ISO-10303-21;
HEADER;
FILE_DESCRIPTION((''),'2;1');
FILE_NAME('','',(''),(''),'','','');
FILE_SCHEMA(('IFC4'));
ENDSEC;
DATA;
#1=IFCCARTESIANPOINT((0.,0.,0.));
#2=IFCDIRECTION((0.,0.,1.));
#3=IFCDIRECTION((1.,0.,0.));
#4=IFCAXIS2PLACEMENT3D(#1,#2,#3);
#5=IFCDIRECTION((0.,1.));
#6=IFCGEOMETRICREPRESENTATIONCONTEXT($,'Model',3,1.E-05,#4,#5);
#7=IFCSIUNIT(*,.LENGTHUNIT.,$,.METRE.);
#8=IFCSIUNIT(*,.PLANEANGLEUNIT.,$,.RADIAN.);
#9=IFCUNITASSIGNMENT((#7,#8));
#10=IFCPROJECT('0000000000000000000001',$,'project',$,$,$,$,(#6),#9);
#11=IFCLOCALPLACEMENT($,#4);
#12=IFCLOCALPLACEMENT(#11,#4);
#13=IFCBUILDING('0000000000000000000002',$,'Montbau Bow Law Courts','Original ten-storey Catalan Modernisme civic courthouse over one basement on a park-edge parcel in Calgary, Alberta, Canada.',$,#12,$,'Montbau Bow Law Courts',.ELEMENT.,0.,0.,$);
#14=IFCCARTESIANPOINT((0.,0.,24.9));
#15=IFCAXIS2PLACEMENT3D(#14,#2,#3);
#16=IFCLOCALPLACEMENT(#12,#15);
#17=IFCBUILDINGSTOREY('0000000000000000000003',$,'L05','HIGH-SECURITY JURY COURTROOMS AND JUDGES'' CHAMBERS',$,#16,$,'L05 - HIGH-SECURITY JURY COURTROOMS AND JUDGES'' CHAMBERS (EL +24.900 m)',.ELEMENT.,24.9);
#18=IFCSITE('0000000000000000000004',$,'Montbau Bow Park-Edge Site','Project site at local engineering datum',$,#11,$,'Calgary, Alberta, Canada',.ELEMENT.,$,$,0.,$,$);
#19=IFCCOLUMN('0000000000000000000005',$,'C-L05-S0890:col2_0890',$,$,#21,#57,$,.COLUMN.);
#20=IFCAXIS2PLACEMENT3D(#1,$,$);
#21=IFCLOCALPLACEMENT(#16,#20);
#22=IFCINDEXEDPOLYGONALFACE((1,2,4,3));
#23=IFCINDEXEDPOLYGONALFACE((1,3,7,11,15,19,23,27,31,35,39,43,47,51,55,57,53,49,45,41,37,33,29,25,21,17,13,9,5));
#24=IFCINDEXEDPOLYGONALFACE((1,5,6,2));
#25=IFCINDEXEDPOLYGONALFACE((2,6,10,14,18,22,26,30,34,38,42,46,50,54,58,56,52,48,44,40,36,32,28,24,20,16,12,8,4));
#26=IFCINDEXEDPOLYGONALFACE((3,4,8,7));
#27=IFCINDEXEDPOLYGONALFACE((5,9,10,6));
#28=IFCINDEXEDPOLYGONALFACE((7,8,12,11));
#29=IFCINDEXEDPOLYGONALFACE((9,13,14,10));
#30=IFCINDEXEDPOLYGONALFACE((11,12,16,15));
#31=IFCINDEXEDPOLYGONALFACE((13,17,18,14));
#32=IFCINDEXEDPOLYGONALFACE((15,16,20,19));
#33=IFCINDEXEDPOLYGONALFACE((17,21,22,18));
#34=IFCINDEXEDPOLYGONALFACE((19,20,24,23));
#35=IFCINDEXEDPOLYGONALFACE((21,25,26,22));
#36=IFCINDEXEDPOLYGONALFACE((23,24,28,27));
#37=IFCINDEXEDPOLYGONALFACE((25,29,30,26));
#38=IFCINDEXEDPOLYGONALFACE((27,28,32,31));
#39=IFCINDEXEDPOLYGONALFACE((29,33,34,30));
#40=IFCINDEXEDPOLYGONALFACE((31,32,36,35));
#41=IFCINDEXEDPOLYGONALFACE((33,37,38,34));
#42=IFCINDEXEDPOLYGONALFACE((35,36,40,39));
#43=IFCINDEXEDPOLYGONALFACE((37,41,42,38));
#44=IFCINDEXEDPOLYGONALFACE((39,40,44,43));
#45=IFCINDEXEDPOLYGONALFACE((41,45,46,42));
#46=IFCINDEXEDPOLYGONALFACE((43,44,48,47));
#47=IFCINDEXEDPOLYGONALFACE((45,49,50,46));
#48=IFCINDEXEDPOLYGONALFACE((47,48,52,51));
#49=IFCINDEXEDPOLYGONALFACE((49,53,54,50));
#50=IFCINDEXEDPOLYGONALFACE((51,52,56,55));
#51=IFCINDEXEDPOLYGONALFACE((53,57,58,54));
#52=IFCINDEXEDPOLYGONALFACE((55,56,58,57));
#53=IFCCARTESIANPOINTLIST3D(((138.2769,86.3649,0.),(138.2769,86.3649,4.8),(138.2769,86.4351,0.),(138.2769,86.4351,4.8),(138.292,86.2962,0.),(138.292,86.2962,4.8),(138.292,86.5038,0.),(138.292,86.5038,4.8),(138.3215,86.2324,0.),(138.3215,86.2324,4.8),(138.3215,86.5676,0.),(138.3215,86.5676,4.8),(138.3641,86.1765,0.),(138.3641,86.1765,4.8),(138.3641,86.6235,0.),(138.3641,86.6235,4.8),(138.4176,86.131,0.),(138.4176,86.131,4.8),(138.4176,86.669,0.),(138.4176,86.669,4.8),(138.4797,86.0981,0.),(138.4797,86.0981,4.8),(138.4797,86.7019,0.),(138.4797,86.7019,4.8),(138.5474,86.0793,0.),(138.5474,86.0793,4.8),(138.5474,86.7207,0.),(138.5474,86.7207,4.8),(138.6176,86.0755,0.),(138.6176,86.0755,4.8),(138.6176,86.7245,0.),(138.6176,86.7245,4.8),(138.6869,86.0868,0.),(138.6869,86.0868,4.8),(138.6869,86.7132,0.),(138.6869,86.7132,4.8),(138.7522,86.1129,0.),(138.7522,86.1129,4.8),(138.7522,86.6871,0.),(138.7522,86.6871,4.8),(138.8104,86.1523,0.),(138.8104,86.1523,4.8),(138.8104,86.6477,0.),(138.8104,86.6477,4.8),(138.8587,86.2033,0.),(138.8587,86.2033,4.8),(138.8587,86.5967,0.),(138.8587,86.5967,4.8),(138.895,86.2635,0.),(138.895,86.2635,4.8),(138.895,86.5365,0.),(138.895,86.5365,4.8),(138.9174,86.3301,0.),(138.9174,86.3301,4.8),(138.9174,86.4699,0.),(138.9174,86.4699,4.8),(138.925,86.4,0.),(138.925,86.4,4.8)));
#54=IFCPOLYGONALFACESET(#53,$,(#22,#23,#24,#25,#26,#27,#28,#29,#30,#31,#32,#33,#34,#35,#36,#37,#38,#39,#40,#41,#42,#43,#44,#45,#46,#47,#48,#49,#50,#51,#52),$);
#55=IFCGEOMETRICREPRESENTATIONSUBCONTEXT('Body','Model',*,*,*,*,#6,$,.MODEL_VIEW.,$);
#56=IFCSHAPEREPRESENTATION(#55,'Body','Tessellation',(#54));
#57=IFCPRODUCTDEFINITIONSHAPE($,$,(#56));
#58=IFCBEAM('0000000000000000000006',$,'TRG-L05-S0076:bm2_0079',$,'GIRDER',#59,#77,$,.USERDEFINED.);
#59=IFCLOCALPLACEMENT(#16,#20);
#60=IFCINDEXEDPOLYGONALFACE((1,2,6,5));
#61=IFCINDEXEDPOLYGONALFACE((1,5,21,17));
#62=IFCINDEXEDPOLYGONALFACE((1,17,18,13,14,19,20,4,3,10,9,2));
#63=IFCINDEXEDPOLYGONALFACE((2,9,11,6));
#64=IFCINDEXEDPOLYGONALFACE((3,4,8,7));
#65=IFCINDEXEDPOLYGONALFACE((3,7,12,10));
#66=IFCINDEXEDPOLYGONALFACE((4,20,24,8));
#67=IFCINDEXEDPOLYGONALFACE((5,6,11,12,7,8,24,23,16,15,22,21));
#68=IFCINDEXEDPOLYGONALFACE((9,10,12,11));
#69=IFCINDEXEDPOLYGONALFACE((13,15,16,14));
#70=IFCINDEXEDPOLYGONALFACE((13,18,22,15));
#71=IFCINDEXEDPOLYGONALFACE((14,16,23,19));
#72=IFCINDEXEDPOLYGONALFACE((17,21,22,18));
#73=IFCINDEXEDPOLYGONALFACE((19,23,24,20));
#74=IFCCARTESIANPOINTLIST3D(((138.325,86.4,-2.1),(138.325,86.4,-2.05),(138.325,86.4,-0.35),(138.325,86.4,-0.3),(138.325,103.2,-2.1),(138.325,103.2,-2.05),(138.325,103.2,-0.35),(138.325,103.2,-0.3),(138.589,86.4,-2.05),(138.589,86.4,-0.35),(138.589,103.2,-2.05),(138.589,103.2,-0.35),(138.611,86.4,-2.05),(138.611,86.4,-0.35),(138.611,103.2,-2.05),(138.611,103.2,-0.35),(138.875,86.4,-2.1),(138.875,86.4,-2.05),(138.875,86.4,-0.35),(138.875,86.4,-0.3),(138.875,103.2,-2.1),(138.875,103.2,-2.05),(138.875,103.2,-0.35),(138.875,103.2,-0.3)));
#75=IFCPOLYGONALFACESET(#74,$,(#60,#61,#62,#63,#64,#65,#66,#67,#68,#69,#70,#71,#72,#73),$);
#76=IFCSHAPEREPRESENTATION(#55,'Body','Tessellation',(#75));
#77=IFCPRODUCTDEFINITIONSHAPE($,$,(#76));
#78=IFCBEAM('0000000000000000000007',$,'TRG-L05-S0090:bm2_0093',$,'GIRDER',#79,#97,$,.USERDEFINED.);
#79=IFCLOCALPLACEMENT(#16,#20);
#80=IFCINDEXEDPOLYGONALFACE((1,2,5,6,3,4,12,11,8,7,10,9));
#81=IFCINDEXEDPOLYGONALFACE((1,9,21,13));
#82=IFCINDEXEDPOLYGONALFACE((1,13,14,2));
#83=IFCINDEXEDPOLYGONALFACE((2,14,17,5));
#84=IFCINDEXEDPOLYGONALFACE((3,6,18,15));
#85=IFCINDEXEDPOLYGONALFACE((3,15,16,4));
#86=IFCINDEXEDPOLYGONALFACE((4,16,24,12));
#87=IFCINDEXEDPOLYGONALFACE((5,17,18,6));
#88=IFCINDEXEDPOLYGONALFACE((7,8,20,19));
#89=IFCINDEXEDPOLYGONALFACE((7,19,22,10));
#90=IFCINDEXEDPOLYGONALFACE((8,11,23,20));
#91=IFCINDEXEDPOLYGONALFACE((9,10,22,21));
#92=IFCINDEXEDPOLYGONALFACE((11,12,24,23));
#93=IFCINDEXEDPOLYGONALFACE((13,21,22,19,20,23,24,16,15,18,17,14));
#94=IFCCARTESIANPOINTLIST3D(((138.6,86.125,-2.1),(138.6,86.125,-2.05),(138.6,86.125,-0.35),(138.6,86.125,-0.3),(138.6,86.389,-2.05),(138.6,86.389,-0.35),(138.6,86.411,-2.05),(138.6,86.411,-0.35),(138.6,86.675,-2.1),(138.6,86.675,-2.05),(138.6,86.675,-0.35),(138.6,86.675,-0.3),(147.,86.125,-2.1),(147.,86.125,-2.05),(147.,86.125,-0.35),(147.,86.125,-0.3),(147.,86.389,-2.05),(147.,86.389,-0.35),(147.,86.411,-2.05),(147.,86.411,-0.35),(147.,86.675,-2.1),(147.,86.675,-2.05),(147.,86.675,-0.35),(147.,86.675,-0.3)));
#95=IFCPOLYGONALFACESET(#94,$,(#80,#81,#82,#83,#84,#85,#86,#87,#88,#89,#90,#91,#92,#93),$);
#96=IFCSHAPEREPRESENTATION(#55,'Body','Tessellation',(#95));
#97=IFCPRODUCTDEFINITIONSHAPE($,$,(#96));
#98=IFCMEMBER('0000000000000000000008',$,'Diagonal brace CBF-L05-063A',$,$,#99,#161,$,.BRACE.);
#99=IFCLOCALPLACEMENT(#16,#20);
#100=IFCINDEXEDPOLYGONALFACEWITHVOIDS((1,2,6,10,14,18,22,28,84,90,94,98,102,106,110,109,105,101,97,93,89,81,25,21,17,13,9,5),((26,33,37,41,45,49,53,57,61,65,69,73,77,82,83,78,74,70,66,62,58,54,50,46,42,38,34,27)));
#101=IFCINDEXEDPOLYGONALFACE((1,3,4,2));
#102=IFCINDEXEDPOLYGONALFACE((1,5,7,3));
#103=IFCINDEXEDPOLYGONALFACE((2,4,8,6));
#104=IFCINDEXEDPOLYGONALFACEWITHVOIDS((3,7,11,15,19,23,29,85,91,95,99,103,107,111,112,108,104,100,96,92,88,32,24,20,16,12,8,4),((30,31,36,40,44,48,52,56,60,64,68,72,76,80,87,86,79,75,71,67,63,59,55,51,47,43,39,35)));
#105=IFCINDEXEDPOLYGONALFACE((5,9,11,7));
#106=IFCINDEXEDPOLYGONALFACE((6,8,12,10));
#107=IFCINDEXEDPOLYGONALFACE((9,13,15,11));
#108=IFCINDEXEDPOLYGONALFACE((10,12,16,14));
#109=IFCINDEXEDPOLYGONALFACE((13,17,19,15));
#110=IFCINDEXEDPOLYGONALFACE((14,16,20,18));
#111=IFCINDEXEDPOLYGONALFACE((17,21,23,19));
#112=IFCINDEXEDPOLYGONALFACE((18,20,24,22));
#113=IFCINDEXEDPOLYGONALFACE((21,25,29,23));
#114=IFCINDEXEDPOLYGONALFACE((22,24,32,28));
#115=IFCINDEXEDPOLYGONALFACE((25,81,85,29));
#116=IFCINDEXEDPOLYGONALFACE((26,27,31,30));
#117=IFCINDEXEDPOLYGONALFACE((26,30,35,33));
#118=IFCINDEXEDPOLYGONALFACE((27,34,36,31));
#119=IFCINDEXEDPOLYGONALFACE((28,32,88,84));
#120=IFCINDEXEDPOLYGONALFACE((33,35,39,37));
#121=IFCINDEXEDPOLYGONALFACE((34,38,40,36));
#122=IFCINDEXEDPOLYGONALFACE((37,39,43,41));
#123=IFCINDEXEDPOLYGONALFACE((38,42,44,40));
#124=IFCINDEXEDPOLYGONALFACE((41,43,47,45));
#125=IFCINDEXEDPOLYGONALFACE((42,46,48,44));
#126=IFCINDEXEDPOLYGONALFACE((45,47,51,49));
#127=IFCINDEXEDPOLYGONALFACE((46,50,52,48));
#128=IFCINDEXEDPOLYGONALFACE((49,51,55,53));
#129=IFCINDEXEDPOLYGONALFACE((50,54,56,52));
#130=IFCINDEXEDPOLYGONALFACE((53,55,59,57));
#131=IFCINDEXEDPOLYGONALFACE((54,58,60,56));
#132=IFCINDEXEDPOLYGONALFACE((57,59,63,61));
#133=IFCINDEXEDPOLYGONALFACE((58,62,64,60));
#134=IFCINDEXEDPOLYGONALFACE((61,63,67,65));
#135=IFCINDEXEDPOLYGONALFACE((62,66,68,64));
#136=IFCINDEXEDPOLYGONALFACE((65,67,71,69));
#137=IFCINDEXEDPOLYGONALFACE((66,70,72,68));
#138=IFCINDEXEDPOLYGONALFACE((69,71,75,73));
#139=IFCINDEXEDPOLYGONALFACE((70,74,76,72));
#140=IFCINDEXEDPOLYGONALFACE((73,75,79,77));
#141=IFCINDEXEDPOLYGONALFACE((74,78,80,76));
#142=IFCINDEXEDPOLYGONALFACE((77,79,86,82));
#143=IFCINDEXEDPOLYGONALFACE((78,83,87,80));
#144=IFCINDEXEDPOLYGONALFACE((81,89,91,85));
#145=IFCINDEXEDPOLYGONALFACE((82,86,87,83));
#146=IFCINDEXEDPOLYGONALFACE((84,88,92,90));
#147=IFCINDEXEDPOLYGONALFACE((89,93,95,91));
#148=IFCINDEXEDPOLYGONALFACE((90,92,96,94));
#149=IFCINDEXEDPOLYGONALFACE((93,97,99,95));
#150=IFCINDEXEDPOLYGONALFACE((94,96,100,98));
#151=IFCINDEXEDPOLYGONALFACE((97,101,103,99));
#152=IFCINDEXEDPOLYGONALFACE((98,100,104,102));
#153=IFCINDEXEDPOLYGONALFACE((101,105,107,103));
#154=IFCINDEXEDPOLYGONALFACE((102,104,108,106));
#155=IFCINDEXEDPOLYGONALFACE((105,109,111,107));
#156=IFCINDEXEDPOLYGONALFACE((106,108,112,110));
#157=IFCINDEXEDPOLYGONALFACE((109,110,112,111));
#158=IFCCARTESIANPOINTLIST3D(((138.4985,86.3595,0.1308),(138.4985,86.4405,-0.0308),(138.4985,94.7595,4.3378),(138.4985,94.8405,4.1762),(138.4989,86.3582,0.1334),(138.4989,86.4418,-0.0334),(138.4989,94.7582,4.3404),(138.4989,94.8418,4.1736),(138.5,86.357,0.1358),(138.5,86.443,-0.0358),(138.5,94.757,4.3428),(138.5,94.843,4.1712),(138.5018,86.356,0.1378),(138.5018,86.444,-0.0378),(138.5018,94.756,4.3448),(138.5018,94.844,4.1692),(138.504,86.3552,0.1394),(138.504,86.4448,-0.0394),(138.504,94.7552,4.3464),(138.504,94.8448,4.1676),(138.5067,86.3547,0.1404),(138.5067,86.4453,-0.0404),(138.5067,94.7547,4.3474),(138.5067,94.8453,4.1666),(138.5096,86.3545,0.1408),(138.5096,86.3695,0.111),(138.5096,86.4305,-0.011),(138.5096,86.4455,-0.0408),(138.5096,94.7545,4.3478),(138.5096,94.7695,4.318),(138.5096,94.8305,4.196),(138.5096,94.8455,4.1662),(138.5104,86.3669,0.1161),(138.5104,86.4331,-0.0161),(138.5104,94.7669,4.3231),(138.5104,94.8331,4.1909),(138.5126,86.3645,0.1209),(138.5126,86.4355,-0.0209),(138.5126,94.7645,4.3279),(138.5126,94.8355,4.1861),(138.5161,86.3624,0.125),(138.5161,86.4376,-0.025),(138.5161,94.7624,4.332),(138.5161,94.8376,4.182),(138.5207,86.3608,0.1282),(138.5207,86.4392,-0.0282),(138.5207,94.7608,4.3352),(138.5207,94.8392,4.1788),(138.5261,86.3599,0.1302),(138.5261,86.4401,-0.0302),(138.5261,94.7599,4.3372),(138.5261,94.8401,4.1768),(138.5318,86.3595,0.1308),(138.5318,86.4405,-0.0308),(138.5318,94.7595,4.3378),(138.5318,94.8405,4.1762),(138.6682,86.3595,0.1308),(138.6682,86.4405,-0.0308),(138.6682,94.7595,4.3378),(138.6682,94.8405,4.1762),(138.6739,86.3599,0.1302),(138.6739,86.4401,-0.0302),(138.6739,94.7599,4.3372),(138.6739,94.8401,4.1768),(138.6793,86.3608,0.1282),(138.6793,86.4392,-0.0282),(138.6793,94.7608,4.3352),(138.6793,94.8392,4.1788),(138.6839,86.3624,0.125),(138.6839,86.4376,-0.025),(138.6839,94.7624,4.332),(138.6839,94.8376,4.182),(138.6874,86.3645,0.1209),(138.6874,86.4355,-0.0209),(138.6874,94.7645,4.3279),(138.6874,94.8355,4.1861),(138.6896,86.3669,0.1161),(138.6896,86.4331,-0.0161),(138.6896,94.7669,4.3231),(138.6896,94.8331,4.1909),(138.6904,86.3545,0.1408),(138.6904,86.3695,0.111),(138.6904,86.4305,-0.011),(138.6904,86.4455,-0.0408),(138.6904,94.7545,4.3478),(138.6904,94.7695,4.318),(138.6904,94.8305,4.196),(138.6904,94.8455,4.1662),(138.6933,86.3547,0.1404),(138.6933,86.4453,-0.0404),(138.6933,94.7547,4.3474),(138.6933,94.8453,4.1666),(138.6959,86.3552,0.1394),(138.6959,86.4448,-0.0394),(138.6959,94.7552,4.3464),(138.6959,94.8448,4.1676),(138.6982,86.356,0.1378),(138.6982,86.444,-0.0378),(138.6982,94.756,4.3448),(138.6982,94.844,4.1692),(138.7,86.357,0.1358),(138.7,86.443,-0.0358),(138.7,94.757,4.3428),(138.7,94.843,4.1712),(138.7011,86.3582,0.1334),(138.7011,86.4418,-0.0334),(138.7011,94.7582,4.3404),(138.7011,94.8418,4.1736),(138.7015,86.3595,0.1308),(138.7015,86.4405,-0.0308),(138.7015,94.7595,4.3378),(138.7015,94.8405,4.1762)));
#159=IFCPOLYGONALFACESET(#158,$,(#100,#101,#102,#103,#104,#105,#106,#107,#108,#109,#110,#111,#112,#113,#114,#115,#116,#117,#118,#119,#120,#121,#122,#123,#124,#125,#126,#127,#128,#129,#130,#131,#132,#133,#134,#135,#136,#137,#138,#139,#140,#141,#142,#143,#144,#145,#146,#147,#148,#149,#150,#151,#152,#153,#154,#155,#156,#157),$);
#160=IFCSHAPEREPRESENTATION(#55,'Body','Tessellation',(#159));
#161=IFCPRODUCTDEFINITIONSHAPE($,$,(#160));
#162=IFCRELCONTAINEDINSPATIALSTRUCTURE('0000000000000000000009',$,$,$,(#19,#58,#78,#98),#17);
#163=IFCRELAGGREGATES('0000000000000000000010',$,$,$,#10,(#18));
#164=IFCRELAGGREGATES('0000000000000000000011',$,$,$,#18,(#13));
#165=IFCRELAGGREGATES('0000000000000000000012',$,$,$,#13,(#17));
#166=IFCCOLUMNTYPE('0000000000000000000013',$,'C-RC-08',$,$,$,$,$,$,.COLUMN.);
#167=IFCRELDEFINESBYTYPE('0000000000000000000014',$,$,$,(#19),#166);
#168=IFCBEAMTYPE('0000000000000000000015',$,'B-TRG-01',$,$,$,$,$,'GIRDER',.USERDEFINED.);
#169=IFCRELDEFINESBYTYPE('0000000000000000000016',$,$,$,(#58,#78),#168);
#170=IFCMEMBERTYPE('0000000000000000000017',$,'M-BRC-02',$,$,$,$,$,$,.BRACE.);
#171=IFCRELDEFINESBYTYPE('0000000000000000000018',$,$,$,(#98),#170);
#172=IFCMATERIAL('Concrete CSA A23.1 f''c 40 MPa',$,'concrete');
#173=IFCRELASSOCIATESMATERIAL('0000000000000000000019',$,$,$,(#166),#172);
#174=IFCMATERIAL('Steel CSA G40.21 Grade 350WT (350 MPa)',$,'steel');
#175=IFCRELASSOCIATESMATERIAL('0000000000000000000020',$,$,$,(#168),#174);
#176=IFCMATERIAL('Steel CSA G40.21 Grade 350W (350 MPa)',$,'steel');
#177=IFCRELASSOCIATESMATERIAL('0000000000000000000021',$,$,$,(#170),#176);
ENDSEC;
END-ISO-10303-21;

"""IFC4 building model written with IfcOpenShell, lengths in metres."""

from ifc_helpers import new_model, si_unit, direction, frame, origin_with_axes, origin_2d_with_axis, place, context, subcontext, project, spatial, hollow_rectangle, circle, i_section, extrude, material, material_profile, profile_set, type_object, element, save


model = new_model("IFC4")

# Units and contexts
model_context = context("Model", 3, precision=1e-05, world=origin_with_axes(), true_north=direction((0.0, 1.0)))
body_context = subcontext(model_context, "Body", "Model", "MODEL_VIEW")
ifc_project = project(units=[si_unit("LENGTHUNIT", "METRE"), si_unit("PLANEANGLEUNIT", "RADIAN")], contexts=[model_context])

# Site, building, storey
site_placement = place(None, origin_with_axes())
site = spatial("IfcSite", under=ifc_project, at=site_placement, Name="Montbau Bow Park-Edge Site", Description="Project site at local engineering datum", LongName="Calgary, Alberta, Canada", CompositionType="ELEMENT", RefElevation=0.0)
building_placement = place(site_placement, origin_with_axes())
building = spatial("IfcBuilding", under=site, at=building_placement, Name="Montbau Bow Law Courts", Description="Original ten-storey Catalan Modernisme civic courthouse over one basement on a park-edge parcel in Calgary, Alberta, Canada.", LongName="Montbau Bow Law Courts", CompositionType="ELEMENT", ElevationOfRefHeight=0.0, ElevationOfTerrain=0.0)
storey_placement = place(building_placement, frame((0.0, 0.0, 24.9), z_axis=(0.0, 0.0, 1.0), x_axis=(1.0, 0.0, 0.0)))
storey = spatial("IfcBuildingStorey", under=building, at=storey_placement, Name="L05", Description="HIGH-SECURITY JURY COURTROOMS AND JUDGES' CHAMBERS", LongName="L05 - HIGH-SECURITY JURY COURTROOMS AND JUDGES' CHAMBERS (EL +24.900 m)", CompositionType="ELEMENT", Elevation=24.9)

# Column
ifc_material_1 = material(Name="Concrete CSA A23.1 f'c 40 MPa", Category="concrete")
ifc_material_profile_1 = material_profile(ifc_material_1, circle(Radius=0.325, at=origin_2d_with_axis()), Name="RC650D", Category="Main", Priority=0)
ifc_profile_set_1 = profile_set([ifc_material_profile_1], Name="Concrete CSA A23.1 f'c 40 MPa")
column_type = type_object("IfcColumnType", Name="C-RC-08", PredefinedType="COLUMN", material=ifc_profile_set_1)
column_placement = place(None, frame((138.6, 86.4, 24.9), z_axis=(0.0, 0.0, 1.0), x_axis=(1.0, 0.0, 0.0)))
element("IfcColumn", 1, at=column_placement, inside=storey, type_object=column_type, Name="C-L05-S0890:col2_0890", PredefinedType="COLUMN", context=body_context, shape_type="SweptSolid", body=[
    extrude(circle(Radius=0.325, at=origin_2d_with_axis()), origin_with_axes(), (0.0, 0.0, 1.0), 4.8),
])

# Beams
ifc_material_2 = material(Name="Steel CSA G40.21 Grade 350WT (350 MPa)", Category="steel")
ifc_material_profile_2 = material_profile(ifc_material_2, i_section(OverallWidth=0.55, OverallDepth=1.8, WebThickness=0.022, FlangeThickness=0.05, at=origin_2d_with_axis()), Name="WWF1800X550", Category="Main", Priority=0)
ifc_profile_set_2 = profile_set([ifc_material_profile_2], Name="Steel CSA G40.21 Grade 350WT (350 MPa)")
beam_type = type_object("IfcBeamType", Name="B-TRG-01", ElementType="GIRDER", PredefinedType="USERDEFINED", material=ifc_profile_set_2)
beam_1_placement = place(None, frame((138.6, 86.4, 23.7), z_axis=(0.0, 1.0, 0.0), x_axis=(-1.0, 0.0, 0.0)))
element("IfcBeam", 2, at=beam_1_placement, inside=storey, type_object=beam_type, Name="TRG-L05-S0076:bm2_0079", ObjectType="GIRDER", PredefinedType="USERDEFINED", context=body_context, shape_type="SweptSolid", body=[
    extrude(i_section(OverallWidth=0.55, OverallDepth=1.8, WebThickness=0.022, FlangeThickness=0.05, at=origin_2d_with_axis()), origin_with_axes(), (0.0, 0.0, 1.0), 16.8),
])
beam_2_placement = place(None, frame((138.6, 86.4, 23.7), z_axis=(1.0, 0.0, 0.0), x_axis=(0.0, 1.0, 0.0)))
element("IfcBeam", 3, at=beam_2_placement, inside=storey, type_object=beam_type, Name="TRG-L05-S0090:bm2_0093", ObjectType="GIRDER", PredefinedType="USERDEFINED", context=body_context, shape_type="SweptSolid", body=[
    extrude(i_section(OverallWidth=0.55, OverallDepth=1.8, WebThickness=0.022, FlangeThickness=0.05, at=origin_2d_with_axis()), origin_with_axes(), (0.0, 0.0, 1.0), 8.4),
])

# Member
ifc_material_3 = material(Name="Steel CSA G40.21 Grade 350W (350 MPa)", Category="steel")
ifc_material_profile_3 = material_profile(ifc_material_3, hollow_rectangle(XDim=0.203, YDim=0.203, WallThickness=0.0111, InnerFilletRadius=0.0222, OuterFilletRadius=0.0111, at=origin_2d_with_axis()), Name="HSS203X203X11", Category="Main", Priority=0)
ifc_profile_set_3 = profile_set([ifc_material_profile_3], Name="Steel CSA G40.21 Grade 350W (350 MPa)")
member_type_1 = type_object("IfcMemberType", Name="M-BRC-02", PredefinedType="BRACE", material=ifc_profile_set_3)
member_1_placement = place(None, frame((138.6, 86.4, 24.95), z_axis=(0.0, 0.894129, 0.44781), x_axis=(-1.0, 0.0, 0.0)))
element("IfcMember", 4, at=member_1_placement, inside=storey, type_object=member_type_1, Name="Diagonal brace CBF-L05-063A", PredefinedType="BRACE", context=body_context, shape_type="SweptSolid", body=[
    extrude(hollow_rectangle(XDim=0.203, YDim=0.203, WallThickness=0.0111, InnerFilletRadius=0.0222, OuterFilletRadius=0.0111, at=origin_2d_with_axis()), origin_with_axes(), (0.0, 0.0, 1.0), 9.3946),
])

save(model, "model.ifc")
